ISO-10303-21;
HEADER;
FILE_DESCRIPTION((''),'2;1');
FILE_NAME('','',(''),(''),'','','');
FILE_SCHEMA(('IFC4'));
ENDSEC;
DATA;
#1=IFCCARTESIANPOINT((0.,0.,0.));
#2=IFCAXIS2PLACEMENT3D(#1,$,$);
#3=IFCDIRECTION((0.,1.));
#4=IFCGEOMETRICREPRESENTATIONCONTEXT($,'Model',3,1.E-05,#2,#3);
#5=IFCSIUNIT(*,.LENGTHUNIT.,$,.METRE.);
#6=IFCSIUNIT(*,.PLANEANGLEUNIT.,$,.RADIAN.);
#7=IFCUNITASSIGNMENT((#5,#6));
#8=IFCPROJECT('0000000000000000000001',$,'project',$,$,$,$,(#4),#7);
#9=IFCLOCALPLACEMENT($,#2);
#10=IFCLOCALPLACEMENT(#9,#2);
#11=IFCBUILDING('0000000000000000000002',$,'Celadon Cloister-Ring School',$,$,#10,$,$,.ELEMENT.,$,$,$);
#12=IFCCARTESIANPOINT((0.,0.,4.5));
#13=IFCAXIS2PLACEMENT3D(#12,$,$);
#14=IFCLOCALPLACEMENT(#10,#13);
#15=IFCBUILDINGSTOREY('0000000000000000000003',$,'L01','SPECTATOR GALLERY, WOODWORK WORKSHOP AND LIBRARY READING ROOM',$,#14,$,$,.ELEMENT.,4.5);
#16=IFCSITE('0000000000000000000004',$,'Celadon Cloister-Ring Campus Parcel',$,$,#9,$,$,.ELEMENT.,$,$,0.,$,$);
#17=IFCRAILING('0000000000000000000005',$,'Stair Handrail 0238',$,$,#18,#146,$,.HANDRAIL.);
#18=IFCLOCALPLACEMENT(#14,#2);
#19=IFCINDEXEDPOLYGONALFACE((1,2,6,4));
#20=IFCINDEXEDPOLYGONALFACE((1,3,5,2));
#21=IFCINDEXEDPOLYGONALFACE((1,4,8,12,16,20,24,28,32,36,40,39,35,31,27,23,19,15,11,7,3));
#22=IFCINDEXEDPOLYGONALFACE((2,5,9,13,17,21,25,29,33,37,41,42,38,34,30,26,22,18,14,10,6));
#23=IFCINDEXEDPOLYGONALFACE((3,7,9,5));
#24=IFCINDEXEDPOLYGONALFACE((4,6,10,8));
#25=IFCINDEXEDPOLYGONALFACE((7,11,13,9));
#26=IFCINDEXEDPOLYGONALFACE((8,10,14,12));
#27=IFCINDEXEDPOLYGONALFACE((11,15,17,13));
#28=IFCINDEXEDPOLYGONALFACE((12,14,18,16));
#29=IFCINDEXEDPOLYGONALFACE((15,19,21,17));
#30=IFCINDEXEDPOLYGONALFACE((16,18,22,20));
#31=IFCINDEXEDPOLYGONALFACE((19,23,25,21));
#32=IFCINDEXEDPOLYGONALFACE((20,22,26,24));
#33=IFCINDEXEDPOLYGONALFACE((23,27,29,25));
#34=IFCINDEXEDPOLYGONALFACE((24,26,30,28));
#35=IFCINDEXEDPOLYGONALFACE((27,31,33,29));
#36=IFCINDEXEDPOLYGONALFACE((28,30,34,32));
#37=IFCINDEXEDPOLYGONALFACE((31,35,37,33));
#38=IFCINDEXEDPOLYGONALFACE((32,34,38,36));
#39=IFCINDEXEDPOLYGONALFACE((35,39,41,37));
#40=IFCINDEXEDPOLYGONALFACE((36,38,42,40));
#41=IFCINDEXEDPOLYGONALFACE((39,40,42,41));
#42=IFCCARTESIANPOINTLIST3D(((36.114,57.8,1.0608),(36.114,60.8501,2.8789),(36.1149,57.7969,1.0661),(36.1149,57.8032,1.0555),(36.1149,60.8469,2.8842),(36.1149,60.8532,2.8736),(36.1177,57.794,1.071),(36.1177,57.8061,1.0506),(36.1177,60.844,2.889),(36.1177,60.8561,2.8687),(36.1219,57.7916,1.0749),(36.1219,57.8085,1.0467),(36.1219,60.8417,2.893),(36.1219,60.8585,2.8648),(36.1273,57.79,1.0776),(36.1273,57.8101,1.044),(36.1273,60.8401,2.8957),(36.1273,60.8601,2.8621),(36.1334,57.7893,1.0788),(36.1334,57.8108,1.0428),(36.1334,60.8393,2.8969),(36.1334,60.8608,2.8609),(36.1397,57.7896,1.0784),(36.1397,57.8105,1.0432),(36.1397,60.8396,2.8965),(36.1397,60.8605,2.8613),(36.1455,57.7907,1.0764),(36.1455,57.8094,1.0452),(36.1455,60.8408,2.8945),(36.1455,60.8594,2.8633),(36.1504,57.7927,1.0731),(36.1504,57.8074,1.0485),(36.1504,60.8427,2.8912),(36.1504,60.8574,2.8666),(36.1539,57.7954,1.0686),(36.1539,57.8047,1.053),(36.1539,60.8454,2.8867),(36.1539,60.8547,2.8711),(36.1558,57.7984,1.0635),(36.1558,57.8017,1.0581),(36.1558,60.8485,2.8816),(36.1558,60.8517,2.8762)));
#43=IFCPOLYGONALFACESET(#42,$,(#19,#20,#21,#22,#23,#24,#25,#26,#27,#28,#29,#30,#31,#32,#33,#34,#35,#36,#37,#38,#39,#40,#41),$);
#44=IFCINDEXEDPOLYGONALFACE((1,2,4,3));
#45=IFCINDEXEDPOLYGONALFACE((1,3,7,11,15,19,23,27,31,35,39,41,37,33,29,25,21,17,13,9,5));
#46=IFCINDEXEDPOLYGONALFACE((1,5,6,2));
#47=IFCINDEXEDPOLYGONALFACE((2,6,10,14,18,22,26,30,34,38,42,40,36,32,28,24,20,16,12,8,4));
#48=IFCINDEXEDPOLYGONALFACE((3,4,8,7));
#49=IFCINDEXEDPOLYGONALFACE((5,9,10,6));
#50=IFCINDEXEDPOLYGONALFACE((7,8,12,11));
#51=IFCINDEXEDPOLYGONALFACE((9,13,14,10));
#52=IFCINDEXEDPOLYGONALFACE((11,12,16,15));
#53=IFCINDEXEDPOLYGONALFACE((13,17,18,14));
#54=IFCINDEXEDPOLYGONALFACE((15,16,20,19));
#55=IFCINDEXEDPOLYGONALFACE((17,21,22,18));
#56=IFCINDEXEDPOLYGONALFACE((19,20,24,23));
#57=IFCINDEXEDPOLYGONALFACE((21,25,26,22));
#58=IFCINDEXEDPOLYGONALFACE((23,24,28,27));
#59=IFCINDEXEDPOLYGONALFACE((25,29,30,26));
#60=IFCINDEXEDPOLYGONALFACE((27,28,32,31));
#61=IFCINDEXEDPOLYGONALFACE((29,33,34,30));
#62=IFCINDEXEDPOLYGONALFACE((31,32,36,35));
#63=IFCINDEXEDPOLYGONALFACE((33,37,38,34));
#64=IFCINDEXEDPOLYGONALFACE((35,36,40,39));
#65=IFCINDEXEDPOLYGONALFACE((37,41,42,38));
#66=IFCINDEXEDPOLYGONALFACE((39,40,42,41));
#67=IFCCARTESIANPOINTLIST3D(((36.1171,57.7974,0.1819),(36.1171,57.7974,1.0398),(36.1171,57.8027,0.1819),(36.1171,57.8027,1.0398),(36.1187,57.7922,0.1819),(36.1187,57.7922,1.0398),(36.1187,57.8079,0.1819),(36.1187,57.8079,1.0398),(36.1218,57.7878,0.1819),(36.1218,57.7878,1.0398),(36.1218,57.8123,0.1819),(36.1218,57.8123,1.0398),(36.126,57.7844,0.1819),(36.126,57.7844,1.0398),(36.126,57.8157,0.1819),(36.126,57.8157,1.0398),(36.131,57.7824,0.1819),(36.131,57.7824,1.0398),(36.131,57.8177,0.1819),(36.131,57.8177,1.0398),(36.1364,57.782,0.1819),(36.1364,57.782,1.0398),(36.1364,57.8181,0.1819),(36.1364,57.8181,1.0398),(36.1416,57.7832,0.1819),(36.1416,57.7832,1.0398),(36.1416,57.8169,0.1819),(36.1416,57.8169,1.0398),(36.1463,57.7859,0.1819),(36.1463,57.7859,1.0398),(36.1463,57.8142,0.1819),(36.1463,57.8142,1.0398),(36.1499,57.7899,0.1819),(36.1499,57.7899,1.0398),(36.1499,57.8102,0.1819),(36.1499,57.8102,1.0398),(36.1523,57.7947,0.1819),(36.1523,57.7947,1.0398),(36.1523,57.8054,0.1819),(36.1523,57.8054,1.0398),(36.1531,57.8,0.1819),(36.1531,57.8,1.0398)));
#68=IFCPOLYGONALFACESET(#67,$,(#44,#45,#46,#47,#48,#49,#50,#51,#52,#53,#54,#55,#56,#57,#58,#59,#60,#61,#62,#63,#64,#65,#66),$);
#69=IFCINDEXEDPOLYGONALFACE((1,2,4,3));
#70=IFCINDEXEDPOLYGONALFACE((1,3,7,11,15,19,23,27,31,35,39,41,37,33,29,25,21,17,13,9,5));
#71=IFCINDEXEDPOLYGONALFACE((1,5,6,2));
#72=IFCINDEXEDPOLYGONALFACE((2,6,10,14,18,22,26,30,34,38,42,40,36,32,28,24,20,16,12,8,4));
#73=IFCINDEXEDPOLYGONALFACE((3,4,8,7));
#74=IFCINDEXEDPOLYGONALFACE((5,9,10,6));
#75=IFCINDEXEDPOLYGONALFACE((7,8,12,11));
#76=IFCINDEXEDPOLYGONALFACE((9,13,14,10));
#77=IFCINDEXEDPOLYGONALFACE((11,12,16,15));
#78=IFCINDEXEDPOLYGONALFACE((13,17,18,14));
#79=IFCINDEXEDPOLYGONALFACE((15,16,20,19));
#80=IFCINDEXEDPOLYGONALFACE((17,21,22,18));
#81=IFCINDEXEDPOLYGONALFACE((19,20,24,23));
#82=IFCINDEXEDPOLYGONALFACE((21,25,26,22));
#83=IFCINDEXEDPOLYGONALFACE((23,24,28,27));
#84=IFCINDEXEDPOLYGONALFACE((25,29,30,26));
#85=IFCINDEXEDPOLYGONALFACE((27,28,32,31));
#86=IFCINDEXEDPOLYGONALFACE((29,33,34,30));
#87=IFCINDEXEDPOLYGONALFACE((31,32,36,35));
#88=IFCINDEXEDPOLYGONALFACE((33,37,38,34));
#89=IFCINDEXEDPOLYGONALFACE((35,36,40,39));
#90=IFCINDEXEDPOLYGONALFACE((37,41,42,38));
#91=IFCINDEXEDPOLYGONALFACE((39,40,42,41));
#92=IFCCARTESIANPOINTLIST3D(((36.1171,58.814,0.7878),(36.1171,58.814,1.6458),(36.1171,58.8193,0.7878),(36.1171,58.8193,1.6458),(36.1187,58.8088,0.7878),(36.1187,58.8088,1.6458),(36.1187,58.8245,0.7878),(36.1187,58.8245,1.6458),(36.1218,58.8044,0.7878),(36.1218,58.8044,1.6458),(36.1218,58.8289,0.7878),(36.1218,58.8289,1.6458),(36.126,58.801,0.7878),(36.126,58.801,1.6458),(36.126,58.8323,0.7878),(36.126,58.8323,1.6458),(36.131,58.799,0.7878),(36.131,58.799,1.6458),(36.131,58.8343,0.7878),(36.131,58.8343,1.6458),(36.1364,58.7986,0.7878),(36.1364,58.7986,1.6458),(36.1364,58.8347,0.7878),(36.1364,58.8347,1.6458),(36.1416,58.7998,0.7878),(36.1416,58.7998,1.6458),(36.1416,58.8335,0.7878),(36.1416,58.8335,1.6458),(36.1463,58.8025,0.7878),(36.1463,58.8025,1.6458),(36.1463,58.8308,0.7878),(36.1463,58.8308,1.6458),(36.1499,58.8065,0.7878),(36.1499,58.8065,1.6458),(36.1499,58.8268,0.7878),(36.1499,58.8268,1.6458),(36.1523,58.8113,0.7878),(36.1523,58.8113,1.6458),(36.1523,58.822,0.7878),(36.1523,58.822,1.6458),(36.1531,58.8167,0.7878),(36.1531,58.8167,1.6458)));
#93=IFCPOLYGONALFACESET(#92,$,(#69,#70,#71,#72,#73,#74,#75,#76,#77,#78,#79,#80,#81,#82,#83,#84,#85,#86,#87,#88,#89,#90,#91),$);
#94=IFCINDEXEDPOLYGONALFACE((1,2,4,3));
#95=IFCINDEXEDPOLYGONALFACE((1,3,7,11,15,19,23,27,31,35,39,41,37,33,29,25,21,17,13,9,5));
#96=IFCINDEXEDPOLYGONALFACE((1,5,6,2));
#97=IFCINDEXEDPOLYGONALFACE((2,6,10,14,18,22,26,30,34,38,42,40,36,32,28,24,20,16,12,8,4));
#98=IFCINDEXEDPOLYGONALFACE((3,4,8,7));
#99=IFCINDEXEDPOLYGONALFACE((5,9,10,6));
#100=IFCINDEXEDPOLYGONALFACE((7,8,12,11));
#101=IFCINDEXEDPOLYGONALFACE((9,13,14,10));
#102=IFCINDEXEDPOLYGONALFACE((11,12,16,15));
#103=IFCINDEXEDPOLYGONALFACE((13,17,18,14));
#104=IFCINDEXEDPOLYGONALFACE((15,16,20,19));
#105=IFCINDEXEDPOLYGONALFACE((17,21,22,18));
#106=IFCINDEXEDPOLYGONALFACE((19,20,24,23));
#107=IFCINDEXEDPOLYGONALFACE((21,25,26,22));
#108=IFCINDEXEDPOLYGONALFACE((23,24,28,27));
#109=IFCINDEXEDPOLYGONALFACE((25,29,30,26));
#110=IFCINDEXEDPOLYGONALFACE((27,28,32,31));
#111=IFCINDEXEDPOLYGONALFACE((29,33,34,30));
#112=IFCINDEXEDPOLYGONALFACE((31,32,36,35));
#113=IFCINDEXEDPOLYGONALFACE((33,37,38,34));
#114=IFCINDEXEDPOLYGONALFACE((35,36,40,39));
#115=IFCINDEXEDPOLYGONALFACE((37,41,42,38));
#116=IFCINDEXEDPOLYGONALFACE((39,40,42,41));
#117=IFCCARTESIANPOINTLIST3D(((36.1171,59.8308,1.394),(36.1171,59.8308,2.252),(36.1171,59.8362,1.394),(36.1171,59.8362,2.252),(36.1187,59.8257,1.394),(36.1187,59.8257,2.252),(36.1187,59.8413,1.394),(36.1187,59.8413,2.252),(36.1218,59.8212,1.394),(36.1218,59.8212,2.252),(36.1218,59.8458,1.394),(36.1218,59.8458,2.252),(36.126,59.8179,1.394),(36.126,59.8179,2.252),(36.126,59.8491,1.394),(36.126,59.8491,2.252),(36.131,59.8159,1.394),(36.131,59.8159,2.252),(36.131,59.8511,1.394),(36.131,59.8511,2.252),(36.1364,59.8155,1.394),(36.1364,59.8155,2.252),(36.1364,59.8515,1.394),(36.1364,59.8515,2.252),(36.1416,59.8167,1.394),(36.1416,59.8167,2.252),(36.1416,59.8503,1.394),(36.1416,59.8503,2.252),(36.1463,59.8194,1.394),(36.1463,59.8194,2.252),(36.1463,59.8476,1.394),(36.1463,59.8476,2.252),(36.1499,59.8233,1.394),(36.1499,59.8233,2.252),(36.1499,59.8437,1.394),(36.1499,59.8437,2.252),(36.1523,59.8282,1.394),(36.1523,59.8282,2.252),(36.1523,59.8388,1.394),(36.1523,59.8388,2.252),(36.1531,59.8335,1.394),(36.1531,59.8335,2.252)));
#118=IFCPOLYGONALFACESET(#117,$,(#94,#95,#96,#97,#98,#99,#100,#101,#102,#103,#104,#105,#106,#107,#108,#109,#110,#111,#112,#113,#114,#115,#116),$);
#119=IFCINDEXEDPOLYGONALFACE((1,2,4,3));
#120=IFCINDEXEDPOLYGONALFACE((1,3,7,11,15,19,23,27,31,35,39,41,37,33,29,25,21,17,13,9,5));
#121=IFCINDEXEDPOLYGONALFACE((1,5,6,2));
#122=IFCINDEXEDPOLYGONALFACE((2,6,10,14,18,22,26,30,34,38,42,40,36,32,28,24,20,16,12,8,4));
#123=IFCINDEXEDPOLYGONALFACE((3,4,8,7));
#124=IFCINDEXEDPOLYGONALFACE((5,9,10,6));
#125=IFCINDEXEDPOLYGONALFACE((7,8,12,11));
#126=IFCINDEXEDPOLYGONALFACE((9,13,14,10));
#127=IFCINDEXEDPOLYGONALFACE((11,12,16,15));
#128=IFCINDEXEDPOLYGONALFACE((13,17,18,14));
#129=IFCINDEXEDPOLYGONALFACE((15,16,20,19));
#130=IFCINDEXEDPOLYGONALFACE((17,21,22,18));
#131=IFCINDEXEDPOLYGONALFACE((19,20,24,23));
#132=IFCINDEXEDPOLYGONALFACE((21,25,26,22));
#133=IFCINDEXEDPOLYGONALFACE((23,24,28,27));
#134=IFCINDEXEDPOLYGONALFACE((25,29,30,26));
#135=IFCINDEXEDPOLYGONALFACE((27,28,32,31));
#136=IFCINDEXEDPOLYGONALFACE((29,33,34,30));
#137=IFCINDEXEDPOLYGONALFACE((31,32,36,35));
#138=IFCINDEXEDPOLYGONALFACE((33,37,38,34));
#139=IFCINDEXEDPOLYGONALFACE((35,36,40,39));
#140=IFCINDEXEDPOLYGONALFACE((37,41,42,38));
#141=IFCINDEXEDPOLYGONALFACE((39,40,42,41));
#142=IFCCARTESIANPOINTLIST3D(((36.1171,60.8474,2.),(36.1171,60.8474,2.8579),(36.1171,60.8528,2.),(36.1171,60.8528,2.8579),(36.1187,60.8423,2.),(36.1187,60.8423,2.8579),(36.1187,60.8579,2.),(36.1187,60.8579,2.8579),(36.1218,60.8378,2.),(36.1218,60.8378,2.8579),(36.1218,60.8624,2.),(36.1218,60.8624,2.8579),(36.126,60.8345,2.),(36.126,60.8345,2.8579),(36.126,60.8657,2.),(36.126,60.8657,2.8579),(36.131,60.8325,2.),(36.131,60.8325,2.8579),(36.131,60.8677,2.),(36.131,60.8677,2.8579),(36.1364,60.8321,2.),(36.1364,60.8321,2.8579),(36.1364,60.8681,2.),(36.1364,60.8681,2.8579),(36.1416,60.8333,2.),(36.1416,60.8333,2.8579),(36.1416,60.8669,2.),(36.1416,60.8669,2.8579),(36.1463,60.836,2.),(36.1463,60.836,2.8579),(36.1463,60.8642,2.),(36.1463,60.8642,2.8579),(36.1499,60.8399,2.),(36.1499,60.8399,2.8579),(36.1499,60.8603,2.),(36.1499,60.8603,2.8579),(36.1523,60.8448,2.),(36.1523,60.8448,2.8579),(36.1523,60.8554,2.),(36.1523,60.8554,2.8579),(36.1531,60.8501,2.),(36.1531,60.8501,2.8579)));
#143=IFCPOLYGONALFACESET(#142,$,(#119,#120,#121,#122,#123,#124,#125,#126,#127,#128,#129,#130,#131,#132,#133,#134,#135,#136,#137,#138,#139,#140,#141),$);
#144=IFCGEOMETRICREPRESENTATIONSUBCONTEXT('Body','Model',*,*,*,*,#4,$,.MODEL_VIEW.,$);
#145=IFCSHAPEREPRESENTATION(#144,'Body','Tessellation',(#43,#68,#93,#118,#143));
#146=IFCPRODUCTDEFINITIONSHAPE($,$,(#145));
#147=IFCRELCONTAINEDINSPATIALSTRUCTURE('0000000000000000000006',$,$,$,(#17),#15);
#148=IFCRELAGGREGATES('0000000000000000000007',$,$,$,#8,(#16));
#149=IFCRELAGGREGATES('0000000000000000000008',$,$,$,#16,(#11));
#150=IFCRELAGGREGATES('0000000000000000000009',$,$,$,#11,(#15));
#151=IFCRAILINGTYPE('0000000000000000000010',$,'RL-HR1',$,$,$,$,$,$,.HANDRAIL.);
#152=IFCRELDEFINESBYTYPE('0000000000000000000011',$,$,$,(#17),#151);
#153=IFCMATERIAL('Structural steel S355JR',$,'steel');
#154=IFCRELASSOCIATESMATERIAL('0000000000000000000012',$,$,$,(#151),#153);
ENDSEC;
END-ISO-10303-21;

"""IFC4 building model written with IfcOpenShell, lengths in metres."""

from ifc_helpers import new_model, si_unit, direction, frame, origin, origin_2d, place, context, subcontext, project, spatial, circle, extrude, material, type_object, element, save


model = new_model("IFC4")

# Units and contexts
model_context = context("Model", 3, precision=1e-05, world=origin(), true_north=direction((0.0, 1.0)))
body_context = subcontext(model_context, "Body", "Model", "MODEL_VIEW")
ifc_project = project(units=[si_unit("LENGTHUNIT", "METRE"), si_unit("PLANEANGLEUNIT", "RADIAN")], contexts=[model_context])

# Site, building, storey
site_placement = place(None, origin())
site = spatial("IfcSite", under=ifc_project, at=site_placement, Name="Celadon Cloister-Ring Campus Parcel", CompositionType="ELEMENT", RefElevation=0.0)
building_placement = place(site_placement, origin())
building = spatial("IfcBuilding", under=site, at=building_placement, Name="Celadon Cloister-Ring School", CompositionType="ELEMENT")
storey_placement = place(building_placement, frame((0.0, 0.0, 4.5)))
storey = spatial("IfcBuildingStorey", under=building, at=storey_placement, Name="L01", Description="SPECTATOR GALLERY, WOODWORK WORKSHOP AND LIBRARY READING ROOM", CompositionType="ELEMENT", Elevation=4.5)

# Railing
ifc_material_1 = material(Name="Structural steel S355JR", Category="steel")
railing_type_1 = type_object("IfcRailingType", Name="RL-HR1", PredefinedType="HANDRAIL", material=ifc_material_1)
for number, where, name in (
    (1, (36.135, 57.8, 0.1819), "Stair Handrail 0238"),
):
    element("IfcRailing", number, at=place(storey_placement, frame(where)), inside=storey, type_object=railing_type_1, Name=name, PredefinedType="HANDRAIL", context=body_context, shape_type="SweptSolid", body=[
        extrude(circle(Radius=0.021, at=origin_2d()), frame((0.0, 0.0, 0.8789), z_axis=(0.0, 0.85897, 0.512026), x_axis=(-1.0, 0.0, 0.0)), (0.0, 0.0, 1.0), 3.5508),
        extrude(circle(Radius=0.0181, at=origin_2d()), origin(), (0.0, 0.0, 1.0), 0.8579),
        extrude(circle(Radius=0.0181, at=origin_2d()), frame((0.0, 1.0166, 0.606)), (0.0, 0.0, 1.0), 0.8579),
        extrude(circle(Radius=0.0181, at=origin_2d()), frame((0.0, 2.0334, 1.2122)), (0.0, 0.0, 1.0), 0.8579),
        extrude(circle(Radius=0.0181, at=origin_2d()), frame((0.0, 3.05, 1.8181)), (0.0, 0.0, 1.0), 0.8579),
    ])

save(model, "model.ifc")
